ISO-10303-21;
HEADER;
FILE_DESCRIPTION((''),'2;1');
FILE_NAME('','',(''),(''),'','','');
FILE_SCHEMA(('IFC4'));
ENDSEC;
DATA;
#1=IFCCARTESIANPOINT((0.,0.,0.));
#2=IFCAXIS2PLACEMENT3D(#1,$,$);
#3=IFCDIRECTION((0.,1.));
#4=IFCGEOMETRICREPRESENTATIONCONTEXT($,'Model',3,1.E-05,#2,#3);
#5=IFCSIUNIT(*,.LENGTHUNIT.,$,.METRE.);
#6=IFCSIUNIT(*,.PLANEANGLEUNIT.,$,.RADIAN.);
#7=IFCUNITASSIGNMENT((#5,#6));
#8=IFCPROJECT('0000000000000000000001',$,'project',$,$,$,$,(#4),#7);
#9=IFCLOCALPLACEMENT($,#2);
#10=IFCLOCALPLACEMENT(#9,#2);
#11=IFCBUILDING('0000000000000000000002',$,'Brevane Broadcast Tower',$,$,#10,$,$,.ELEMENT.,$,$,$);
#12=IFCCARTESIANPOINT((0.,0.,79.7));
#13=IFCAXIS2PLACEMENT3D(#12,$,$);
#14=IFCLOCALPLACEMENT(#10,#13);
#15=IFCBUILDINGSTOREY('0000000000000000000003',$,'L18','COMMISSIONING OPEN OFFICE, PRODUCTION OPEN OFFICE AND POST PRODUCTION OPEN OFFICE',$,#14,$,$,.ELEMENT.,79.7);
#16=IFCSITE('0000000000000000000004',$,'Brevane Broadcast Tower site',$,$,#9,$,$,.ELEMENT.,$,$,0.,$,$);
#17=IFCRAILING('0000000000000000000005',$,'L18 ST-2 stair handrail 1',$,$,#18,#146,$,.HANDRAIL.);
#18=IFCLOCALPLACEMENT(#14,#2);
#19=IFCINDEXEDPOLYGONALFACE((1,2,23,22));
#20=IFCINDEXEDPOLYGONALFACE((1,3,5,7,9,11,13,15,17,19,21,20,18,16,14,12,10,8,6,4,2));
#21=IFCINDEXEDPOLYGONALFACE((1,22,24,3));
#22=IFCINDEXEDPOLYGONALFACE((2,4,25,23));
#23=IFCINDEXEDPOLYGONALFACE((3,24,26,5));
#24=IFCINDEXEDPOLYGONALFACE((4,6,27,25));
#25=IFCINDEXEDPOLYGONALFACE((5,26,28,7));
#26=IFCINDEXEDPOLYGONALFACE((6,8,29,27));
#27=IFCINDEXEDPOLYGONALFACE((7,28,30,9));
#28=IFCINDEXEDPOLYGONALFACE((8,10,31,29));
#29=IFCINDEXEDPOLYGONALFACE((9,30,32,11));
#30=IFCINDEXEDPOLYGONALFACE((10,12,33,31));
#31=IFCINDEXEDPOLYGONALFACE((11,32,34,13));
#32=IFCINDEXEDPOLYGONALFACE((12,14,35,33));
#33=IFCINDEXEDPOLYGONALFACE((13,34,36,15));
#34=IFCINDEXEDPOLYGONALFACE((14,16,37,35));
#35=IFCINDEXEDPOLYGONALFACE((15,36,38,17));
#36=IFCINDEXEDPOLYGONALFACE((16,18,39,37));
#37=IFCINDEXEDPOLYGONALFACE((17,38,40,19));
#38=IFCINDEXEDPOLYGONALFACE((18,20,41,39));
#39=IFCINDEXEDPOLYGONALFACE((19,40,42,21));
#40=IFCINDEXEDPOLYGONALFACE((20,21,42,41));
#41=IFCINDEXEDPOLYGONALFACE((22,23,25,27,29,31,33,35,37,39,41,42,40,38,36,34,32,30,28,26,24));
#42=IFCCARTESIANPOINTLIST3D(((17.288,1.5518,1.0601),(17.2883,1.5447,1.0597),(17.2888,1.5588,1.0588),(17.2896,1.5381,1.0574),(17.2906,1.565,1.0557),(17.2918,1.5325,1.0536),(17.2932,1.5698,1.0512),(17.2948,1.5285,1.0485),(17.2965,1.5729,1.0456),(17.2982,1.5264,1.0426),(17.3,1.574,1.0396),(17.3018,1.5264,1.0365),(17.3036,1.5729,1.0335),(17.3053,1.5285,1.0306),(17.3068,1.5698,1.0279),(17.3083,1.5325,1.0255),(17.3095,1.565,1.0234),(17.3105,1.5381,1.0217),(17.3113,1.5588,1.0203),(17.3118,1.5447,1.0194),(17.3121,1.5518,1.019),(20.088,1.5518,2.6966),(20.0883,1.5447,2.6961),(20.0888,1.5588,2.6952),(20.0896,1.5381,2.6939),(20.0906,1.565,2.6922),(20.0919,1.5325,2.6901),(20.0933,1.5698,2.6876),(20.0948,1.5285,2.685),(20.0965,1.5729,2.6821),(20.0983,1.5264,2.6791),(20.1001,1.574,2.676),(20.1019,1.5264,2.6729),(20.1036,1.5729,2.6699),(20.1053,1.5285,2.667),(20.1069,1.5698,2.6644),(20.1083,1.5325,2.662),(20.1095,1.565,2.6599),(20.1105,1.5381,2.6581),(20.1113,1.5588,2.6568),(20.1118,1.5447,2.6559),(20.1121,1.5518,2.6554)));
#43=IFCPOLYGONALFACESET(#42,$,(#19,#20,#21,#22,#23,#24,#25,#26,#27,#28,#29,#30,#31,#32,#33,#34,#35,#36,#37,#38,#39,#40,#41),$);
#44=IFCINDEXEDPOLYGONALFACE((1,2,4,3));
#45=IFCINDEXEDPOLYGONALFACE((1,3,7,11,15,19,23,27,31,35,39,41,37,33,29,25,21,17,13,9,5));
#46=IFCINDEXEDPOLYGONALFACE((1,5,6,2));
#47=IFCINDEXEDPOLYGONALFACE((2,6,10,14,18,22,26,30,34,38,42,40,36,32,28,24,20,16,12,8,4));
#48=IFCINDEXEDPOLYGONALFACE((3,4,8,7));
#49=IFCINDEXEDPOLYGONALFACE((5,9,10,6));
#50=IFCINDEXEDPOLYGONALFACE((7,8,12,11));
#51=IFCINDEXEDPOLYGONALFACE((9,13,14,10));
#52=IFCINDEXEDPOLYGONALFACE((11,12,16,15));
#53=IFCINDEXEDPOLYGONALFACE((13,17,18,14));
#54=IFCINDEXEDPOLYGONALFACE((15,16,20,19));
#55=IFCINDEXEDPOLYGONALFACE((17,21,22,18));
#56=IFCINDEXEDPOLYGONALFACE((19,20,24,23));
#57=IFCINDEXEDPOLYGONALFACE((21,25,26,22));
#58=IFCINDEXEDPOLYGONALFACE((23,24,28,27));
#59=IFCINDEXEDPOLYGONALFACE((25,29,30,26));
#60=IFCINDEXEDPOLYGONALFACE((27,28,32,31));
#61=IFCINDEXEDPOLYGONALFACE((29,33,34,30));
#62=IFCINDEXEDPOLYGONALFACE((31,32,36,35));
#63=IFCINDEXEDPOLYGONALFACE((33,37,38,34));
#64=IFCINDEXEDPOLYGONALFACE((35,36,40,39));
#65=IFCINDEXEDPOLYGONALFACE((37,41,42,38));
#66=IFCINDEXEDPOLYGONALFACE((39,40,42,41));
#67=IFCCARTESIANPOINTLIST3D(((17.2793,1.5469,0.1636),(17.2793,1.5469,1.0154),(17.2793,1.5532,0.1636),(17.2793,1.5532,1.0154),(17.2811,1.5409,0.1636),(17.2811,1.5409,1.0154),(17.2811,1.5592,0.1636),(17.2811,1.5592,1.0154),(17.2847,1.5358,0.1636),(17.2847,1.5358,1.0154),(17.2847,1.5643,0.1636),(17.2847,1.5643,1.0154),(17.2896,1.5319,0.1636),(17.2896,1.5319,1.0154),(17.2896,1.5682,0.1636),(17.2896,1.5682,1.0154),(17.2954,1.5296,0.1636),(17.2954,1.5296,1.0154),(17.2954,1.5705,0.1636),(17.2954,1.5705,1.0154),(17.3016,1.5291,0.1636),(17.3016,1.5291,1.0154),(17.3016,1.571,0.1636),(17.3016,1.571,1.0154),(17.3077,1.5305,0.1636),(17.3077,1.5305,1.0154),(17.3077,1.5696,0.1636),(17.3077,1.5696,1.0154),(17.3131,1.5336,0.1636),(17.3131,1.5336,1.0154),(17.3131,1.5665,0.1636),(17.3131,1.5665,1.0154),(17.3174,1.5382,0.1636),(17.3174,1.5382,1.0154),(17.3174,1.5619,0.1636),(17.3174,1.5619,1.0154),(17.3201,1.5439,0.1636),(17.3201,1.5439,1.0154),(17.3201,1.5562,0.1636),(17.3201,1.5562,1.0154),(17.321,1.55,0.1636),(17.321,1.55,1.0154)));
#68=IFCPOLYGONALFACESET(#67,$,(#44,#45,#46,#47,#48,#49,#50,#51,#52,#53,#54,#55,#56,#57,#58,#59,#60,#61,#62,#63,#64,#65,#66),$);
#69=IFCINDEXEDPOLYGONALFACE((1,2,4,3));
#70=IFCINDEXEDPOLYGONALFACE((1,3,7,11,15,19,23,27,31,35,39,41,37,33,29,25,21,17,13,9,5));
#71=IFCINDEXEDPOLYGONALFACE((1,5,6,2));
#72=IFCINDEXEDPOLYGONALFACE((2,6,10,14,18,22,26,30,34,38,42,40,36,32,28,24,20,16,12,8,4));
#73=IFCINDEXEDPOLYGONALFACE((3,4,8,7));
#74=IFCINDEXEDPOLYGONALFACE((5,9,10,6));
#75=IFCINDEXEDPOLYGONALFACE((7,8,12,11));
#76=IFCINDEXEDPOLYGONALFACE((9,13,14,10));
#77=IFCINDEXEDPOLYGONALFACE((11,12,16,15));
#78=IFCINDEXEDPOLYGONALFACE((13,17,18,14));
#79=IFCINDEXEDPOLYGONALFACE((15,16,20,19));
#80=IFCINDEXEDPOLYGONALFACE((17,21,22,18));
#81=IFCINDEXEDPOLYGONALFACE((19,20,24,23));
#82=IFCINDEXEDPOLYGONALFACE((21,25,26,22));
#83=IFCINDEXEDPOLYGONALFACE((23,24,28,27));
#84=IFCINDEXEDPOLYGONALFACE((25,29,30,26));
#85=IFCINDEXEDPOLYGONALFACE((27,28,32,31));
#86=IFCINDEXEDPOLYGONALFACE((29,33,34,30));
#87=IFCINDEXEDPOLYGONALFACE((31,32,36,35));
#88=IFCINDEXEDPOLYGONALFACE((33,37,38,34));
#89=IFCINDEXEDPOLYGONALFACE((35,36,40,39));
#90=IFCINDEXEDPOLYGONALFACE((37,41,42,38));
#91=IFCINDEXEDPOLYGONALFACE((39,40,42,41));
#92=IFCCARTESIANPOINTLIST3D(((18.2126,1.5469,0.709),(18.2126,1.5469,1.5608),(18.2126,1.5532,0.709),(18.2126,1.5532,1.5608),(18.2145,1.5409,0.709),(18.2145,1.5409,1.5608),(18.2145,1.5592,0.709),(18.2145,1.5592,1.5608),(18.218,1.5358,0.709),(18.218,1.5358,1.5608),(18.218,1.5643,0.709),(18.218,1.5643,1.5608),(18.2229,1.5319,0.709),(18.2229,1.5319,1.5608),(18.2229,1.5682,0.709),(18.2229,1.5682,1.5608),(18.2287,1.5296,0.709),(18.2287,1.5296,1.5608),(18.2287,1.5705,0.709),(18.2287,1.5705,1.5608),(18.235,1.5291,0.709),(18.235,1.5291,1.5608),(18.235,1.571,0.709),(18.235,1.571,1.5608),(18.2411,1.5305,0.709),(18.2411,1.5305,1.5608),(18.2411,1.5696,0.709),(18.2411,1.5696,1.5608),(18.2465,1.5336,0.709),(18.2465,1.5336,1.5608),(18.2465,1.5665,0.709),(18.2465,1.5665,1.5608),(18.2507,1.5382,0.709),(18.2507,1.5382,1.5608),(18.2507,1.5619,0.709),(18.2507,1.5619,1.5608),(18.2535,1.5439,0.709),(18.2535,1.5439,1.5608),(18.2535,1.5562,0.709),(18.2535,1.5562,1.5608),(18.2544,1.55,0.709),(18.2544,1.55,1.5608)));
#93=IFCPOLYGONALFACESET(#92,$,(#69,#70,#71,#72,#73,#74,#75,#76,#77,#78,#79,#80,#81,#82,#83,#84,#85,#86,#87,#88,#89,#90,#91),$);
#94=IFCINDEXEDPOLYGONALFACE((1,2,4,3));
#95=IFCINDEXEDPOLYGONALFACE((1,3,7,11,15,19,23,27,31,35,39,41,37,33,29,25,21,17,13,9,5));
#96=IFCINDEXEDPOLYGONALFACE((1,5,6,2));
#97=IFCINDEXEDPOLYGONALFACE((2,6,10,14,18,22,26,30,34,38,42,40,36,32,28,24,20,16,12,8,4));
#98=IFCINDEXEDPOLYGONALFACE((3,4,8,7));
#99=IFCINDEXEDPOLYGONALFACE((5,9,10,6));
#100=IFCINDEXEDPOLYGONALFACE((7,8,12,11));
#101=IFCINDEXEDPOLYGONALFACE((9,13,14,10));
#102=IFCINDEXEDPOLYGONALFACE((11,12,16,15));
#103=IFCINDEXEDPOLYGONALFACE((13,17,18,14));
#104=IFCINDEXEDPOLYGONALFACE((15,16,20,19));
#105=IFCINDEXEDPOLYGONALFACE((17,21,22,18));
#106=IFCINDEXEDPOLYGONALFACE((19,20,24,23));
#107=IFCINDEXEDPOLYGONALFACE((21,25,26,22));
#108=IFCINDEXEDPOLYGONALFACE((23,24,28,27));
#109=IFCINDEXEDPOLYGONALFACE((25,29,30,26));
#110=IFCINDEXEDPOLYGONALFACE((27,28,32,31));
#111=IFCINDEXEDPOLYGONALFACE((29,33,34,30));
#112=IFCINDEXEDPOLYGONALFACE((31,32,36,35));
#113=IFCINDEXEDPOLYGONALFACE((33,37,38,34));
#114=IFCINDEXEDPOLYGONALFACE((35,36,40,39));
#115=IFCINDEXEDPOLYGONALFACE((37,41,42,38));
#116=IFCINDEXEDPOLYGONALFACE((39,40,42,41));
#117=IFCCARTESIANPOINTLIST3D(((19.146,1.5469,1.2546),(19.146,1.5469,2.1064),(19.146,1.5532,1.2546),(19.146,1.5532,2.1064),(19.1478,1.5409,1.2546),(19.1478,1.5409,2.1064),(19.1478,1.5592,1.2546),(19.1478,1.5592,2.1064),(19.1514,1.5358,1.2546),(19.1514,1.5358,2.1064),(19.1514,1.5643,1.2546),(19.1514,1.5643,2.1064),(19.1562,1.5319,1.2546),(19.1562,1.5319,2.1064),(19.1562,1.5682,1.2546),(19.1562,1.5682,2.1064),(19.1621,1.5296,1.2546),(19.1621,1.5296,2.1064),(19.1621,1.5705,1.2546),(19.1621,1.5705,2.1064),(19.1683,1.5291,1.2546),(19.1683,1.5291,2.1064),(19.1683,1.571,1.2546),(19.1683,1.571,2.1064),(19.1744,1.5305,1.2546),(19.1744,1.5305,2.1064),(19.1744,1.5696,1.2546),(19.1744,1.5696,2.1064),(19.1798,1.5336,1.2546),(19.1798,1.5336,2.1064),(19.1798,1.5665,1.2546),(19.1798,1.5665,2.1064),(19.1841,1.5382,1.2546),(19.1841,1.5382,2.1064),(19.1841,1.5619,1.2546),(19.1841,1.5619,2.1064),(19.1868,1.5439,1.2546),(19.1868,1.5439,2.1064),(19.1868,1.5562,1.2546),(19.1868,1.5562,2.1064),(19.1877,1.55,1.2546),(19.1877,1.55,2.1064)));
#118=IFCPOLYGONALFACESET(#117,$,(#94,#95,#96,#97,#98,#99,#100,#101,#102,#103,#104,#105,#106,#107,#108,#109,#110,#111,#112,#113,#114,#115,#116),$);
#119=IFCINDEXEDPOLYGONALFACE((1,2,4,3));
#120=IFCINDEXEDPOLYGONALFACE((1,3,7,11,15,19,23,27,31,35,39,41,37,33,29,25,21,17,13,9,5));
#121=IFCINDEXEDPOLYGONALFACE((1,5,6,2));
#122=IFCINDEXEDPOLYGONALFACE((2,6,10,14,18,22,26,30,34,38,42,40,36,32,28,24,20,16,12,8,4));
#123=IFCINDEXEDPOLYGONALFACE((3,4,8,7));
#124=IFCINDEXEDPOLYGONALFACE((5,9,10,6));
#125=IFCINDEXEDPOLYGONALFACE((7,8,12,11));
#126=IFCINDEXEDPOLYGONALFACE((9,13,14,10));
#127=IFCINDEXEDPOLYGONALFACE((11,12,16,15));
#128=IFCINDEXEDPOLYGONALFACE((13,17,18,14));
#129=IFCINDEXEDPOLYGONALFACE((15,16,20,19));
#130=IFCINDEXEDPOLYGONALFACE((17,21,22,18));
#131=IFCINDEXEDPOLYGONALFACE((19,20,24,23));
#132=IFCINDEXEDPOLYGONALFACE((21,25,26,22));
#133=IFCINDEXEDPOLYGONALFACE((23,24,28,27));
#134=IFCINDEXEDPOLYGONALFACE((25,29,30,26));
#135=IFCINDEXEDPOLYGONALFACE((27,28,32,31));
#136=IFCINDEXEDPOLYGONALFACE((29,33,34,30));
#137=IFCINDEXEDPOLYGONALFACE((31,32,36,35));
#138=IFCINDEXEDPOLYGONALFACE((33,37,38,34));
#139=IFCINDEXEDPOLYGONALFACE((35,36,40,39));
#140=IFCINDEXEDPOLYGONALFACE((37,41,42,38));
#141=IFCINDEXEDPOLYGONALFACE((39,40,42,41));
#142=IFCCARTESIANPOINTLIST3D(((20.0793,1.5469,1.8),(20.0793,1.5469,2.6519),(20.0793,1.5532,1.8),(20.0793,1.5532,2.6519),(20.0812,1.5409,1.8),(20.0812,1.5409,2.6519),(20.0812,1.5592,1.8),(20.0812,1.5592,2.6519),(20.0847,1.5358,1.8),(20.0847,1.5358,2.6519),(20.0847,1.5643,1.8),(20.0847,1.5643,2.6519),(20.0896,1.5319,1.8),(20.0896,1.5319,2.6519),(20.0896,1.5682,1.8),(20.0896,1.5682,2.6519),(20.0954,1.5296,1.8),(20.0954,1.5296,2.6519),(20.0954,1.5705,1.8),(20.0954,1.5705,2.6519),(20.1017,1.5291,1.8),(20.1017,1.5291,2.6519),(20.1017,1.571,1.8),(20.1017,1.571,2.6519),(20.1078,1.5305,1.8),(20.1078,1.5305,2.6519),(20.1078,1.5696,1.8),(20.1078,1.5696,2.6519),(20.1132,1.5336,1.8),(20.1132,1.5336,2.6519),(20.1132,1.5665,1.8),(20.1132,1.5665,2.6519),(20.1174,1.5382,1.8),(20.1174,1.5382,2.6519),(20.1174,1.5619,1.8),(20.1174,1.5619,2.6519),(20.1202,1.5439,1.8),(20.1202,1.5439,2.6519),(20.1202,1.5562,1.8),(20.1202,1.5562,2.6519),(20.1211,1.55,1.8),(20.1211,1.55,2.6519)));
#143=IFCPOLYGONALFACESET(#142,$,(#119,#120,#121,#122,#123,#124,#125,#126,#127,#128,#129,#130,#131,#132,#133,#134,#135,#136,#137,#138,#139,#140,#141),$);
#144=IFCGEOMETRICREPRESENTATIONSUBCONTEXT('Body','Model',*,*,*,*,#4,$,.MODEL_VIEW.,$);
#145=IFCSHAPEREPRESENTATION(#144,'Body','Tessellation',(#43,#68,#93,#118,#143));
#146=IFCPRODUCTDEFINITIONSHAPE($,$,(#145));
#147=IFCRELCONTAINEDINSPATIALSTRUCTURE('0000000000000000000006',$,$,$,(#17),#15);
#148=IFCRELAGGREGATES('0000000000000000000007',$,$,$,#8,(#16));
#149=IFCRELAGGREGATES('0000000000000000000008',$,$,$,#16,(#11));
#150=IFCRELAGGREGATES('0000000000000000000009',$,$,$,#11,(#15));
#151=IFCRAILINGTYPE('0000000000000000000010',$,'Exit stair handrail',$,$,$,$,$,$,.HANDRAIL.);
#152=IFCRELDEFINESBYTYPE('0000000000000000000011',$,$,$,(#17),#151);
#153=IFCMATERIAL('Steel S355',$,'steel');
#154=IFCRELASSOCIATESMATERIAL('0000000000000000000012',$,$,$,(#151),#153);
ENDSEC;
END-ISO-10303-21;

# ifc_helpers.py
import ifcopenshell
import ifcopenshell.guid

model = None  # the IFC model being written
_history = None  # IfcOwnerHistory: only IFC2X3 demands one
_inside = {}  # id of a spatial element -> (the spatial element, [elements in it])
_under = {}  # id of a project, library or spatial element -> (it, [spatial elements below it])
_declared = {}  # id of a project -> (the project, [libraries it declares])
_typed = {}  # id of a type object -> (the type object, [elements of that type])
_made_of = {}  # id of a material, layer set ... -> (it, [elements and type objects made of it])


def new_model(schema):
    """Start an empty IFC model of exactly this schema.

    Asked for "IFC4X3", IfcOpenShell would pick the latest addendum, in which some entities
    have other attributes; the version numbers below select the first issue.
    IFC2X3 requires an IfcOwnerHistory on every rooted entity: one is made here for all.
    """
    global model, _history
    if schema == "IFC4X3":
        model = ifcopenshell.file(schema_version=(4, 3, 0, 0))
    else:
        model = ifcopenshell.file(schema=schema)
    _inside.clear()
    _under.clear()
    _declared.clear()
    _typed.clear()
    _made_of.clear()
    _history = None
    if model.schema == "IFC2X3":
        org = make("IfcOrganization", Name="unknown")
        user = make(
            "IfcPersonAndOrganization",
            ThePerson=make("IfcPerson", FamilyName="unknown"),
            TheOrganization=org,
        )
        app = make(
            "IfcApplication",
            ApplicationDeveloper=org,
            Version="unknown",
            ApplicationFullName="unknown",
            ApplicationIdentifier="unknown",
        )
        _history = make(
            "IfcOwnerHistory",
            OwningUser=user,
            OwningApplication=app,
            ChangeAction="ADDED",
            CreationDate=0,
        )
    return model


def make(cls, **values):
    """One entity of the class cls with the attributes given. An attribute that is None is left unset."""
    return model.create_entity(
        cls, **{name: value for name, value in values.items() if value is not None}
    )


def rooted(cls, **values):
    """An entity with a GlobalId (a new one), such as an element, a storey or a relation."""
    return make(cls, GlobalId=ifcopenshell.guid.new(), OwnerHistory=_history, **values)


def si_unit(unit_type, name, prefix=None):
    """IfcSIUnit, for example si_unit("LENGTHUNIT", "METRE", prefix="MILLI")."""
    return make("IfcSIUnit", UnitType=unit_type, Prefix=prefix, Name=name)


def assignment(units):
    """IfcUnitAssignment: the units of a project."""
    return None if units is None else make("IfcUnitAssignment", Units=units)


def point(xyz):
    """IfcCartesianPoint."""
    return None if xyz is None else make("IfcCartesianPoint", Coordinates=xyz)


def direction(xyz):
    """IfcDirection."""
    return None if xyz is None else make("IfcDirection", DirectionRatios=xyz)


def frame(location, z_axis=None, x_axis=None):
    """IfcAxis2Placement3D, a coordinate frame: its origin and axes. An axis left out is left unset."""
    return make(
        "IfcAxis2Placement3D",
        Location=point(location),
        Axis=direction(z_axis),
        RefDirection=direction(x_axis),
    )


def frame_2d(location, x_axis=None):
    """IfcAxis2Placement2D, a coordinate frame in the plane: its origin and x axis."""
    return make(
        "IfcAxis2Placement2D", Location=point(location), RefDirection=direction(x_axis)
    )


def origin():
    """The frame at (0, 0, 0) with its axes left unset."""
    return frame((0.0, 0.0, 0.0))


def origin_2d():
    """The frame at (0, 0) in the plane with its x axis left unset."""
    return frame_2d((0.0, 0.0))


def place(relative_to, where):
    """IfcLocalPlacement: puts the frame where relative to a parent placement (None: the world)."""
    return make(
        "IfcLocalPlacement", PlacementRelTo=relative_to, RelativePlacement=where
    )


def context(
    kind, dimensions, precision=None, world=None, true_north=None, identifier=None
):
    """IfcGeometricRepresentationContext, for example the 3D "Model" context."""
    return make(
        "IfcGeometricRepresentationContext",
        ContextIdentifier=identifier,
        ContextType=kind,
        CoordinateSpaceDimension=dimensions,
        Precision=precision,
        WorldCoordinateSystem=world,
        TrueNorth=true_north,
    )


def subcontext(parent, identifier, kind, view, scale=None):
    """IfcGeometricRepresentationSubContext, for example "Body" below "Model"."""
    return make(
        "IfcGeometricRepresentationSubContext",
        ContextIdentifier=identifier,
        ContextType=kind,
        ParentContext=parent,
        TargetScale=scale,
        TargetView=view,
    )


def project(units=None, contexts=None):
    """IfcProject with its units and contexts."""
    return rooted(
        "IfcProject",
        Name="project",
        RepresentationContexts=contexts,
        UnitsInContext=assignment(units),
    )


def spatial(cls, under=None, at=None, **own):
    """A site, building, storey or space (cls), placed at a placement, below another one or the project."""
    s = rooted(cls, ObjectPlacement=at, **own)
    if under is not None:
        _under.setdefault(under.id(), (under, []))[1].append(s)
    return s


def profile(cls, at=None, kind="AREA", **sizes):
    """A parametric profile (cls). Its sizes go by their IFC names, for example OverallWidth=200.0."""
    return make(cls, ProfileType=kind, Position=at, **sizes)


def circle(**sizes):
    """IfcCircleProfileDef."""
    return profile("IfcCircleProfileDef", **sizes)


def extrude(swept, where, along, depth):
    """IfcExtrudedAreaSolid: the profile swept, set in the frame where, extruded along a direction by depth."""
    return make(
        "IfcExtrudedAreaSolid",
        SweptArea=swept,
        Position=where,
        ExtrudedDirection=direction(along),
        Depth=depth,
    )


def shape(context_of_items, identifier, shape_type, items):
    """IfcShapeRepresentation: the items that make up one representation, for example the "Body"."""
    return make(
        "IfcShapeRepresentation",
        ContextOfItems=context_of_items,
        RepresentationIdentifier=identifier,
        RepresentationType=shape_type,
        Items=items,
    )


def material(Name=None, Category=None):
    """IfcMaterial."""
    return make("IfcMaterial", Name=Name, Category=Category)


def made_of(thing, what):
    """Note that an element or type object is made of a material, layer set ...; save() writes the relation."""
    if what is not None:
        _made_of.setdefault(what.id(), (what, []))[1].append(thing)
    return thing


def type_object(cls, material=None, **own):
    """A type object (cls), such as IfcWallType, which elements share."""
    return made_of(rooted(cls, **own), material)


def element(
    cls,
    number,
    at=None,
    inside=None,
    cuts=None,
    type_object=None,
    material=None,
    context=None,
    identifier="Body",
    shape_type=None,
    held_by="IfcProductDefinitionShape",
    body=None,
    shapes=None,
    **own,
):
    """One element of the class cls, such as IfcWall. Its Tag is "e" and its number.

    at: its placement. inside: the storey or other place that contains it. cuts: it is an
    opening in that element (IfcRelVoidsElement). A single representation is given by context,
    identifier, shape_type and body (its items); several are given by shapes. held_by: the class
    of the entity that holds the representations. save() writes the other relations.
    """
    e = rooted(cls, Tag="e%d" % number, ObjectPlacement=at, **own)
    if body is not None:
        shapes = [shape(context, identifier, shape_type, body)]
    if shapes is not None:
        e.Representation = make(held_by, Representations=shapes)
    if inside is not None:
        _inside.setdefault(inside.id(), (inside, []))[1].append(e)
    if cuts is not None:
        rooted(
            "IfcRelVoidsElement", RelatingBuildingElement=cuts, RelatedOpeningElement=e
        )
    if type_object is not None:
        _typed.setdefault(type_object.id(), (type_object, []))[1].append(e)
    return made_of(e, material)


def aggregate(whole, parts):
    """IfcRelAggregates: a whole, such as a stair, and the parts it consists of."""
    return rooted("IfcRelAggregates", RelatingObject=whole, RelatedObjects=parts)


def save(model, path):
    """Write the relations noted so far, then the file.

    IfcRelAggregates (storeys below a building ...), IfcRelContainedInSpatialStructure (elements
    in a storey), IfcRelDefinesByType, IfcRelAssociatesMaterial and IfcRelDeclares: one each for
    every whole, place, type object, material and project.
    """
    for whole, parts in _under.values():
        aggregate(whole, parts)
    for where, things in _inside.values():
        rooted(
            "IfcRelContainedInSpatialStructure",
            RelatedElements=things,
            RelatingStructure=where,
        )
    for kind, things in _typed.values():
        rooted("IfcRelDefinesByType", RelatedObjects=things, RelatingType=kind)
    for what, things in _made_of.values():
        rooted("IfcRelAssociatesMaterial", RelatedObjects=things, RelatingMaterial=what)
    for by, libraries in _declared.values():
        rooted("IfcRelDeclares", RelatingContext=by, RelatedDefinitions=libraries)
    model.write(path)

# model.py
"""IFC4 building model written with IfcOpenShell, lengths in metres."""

from ifc_helpers import new_model, si_unit, direction, frame, origin, origin_2d, place, context, subcontext, project, spatial, circle, extrude, material, type_object, element, save


model = new_model("IFC4")

# Units and contexts
model_context = context("Model", 3, precision=1e-05, world=origin(), true_north=direction((0.0, 1.0)))
body_context = subcontext(model_context, "Body", "Model", "MODEL_VIEW")
ifc_project = project(units=[si_unit("LENGTHUNIT", "METRE"), si_unit("PLANEANGLEUNIT", "RADIAN")], contexts=[model_context])

# Site, building, storey
site_placement = place(None, origin())
site = spatial("IfcSite", under=ifc_project, at=site_placement, Name="Brevane Broadcast Tower site", CompositionType="ELEMENT", RefElevation=0.0)
building_placement = place(site_placement, origin())
building = spatial("IfcBuilding", under=site, at=building_placement, Name="Brevane Broadcast Tower", CompositionType="ELEMENT")
storey_placement = place(building_placement, frame((0.0, 0.0, 79.7)))
storey = spatial("IfcBuildingStorey", under=building, at=storey_placement, Name="L18", Description="COMMISSIONING OPEN OFFICE, PRODUCTION OPEN OFFICE AND POST PRODUCTION OPEN OFFICE", CompositionType="ELEMENT", Elevation=79.7)

# Railing
ifc_material_1 = material(Name="Steel S355", Category="steel")
railing_type_1 = type_object("IfcRailingType", Name="Exit stair handrail", PredefinedType="HANDRAIL", material=ifc_material_1)
railing_1_placement = place(storey_placement, frame((17.3, 1.55, 0.1636)))
element("IfcRailing", 1, at=railing_1_placement, inside=storey, type_object=railing_type_1, Name="L18 ST-2 stair handrail 1", PredefinedType="HANDRAIL", context=body_context, shape_type="SweptSolid", body=[
    extrude(circle(Radius=0.0239, at=origin_2d()), frame((0.0, 0.0, 0.876), z_axis=(0.863361, 0.0, 0.504587), x_axis=(0.0, 1.0, 0.0)), (0.0, 0.0, 1.0), 3.2432),
    extrude(circle(Radius=0.021, at=origin_2d()), origin(), (0.0, 0.0, 1.0), 0.8518),
    extrude(circle(Radius=0.021, at=origin_2d()), frame((0.9333, 0.0, 0.5454)), (0.0, 0.0, 1.0), 0.8518),
    extrude(circle(Radius=0.021, at=origin_2d()), frame((1.8667, 0.0, 1.0911)), (0.0, 0.0, 1.0), 0.8518),
    extrude(circle(Radius=0.021, at=origin_2d()), frame((2.8, 0.0, 1.6365)), (0.0, 0.0, 1.0), 0.8518),
])

save(model, "model.ifc")
